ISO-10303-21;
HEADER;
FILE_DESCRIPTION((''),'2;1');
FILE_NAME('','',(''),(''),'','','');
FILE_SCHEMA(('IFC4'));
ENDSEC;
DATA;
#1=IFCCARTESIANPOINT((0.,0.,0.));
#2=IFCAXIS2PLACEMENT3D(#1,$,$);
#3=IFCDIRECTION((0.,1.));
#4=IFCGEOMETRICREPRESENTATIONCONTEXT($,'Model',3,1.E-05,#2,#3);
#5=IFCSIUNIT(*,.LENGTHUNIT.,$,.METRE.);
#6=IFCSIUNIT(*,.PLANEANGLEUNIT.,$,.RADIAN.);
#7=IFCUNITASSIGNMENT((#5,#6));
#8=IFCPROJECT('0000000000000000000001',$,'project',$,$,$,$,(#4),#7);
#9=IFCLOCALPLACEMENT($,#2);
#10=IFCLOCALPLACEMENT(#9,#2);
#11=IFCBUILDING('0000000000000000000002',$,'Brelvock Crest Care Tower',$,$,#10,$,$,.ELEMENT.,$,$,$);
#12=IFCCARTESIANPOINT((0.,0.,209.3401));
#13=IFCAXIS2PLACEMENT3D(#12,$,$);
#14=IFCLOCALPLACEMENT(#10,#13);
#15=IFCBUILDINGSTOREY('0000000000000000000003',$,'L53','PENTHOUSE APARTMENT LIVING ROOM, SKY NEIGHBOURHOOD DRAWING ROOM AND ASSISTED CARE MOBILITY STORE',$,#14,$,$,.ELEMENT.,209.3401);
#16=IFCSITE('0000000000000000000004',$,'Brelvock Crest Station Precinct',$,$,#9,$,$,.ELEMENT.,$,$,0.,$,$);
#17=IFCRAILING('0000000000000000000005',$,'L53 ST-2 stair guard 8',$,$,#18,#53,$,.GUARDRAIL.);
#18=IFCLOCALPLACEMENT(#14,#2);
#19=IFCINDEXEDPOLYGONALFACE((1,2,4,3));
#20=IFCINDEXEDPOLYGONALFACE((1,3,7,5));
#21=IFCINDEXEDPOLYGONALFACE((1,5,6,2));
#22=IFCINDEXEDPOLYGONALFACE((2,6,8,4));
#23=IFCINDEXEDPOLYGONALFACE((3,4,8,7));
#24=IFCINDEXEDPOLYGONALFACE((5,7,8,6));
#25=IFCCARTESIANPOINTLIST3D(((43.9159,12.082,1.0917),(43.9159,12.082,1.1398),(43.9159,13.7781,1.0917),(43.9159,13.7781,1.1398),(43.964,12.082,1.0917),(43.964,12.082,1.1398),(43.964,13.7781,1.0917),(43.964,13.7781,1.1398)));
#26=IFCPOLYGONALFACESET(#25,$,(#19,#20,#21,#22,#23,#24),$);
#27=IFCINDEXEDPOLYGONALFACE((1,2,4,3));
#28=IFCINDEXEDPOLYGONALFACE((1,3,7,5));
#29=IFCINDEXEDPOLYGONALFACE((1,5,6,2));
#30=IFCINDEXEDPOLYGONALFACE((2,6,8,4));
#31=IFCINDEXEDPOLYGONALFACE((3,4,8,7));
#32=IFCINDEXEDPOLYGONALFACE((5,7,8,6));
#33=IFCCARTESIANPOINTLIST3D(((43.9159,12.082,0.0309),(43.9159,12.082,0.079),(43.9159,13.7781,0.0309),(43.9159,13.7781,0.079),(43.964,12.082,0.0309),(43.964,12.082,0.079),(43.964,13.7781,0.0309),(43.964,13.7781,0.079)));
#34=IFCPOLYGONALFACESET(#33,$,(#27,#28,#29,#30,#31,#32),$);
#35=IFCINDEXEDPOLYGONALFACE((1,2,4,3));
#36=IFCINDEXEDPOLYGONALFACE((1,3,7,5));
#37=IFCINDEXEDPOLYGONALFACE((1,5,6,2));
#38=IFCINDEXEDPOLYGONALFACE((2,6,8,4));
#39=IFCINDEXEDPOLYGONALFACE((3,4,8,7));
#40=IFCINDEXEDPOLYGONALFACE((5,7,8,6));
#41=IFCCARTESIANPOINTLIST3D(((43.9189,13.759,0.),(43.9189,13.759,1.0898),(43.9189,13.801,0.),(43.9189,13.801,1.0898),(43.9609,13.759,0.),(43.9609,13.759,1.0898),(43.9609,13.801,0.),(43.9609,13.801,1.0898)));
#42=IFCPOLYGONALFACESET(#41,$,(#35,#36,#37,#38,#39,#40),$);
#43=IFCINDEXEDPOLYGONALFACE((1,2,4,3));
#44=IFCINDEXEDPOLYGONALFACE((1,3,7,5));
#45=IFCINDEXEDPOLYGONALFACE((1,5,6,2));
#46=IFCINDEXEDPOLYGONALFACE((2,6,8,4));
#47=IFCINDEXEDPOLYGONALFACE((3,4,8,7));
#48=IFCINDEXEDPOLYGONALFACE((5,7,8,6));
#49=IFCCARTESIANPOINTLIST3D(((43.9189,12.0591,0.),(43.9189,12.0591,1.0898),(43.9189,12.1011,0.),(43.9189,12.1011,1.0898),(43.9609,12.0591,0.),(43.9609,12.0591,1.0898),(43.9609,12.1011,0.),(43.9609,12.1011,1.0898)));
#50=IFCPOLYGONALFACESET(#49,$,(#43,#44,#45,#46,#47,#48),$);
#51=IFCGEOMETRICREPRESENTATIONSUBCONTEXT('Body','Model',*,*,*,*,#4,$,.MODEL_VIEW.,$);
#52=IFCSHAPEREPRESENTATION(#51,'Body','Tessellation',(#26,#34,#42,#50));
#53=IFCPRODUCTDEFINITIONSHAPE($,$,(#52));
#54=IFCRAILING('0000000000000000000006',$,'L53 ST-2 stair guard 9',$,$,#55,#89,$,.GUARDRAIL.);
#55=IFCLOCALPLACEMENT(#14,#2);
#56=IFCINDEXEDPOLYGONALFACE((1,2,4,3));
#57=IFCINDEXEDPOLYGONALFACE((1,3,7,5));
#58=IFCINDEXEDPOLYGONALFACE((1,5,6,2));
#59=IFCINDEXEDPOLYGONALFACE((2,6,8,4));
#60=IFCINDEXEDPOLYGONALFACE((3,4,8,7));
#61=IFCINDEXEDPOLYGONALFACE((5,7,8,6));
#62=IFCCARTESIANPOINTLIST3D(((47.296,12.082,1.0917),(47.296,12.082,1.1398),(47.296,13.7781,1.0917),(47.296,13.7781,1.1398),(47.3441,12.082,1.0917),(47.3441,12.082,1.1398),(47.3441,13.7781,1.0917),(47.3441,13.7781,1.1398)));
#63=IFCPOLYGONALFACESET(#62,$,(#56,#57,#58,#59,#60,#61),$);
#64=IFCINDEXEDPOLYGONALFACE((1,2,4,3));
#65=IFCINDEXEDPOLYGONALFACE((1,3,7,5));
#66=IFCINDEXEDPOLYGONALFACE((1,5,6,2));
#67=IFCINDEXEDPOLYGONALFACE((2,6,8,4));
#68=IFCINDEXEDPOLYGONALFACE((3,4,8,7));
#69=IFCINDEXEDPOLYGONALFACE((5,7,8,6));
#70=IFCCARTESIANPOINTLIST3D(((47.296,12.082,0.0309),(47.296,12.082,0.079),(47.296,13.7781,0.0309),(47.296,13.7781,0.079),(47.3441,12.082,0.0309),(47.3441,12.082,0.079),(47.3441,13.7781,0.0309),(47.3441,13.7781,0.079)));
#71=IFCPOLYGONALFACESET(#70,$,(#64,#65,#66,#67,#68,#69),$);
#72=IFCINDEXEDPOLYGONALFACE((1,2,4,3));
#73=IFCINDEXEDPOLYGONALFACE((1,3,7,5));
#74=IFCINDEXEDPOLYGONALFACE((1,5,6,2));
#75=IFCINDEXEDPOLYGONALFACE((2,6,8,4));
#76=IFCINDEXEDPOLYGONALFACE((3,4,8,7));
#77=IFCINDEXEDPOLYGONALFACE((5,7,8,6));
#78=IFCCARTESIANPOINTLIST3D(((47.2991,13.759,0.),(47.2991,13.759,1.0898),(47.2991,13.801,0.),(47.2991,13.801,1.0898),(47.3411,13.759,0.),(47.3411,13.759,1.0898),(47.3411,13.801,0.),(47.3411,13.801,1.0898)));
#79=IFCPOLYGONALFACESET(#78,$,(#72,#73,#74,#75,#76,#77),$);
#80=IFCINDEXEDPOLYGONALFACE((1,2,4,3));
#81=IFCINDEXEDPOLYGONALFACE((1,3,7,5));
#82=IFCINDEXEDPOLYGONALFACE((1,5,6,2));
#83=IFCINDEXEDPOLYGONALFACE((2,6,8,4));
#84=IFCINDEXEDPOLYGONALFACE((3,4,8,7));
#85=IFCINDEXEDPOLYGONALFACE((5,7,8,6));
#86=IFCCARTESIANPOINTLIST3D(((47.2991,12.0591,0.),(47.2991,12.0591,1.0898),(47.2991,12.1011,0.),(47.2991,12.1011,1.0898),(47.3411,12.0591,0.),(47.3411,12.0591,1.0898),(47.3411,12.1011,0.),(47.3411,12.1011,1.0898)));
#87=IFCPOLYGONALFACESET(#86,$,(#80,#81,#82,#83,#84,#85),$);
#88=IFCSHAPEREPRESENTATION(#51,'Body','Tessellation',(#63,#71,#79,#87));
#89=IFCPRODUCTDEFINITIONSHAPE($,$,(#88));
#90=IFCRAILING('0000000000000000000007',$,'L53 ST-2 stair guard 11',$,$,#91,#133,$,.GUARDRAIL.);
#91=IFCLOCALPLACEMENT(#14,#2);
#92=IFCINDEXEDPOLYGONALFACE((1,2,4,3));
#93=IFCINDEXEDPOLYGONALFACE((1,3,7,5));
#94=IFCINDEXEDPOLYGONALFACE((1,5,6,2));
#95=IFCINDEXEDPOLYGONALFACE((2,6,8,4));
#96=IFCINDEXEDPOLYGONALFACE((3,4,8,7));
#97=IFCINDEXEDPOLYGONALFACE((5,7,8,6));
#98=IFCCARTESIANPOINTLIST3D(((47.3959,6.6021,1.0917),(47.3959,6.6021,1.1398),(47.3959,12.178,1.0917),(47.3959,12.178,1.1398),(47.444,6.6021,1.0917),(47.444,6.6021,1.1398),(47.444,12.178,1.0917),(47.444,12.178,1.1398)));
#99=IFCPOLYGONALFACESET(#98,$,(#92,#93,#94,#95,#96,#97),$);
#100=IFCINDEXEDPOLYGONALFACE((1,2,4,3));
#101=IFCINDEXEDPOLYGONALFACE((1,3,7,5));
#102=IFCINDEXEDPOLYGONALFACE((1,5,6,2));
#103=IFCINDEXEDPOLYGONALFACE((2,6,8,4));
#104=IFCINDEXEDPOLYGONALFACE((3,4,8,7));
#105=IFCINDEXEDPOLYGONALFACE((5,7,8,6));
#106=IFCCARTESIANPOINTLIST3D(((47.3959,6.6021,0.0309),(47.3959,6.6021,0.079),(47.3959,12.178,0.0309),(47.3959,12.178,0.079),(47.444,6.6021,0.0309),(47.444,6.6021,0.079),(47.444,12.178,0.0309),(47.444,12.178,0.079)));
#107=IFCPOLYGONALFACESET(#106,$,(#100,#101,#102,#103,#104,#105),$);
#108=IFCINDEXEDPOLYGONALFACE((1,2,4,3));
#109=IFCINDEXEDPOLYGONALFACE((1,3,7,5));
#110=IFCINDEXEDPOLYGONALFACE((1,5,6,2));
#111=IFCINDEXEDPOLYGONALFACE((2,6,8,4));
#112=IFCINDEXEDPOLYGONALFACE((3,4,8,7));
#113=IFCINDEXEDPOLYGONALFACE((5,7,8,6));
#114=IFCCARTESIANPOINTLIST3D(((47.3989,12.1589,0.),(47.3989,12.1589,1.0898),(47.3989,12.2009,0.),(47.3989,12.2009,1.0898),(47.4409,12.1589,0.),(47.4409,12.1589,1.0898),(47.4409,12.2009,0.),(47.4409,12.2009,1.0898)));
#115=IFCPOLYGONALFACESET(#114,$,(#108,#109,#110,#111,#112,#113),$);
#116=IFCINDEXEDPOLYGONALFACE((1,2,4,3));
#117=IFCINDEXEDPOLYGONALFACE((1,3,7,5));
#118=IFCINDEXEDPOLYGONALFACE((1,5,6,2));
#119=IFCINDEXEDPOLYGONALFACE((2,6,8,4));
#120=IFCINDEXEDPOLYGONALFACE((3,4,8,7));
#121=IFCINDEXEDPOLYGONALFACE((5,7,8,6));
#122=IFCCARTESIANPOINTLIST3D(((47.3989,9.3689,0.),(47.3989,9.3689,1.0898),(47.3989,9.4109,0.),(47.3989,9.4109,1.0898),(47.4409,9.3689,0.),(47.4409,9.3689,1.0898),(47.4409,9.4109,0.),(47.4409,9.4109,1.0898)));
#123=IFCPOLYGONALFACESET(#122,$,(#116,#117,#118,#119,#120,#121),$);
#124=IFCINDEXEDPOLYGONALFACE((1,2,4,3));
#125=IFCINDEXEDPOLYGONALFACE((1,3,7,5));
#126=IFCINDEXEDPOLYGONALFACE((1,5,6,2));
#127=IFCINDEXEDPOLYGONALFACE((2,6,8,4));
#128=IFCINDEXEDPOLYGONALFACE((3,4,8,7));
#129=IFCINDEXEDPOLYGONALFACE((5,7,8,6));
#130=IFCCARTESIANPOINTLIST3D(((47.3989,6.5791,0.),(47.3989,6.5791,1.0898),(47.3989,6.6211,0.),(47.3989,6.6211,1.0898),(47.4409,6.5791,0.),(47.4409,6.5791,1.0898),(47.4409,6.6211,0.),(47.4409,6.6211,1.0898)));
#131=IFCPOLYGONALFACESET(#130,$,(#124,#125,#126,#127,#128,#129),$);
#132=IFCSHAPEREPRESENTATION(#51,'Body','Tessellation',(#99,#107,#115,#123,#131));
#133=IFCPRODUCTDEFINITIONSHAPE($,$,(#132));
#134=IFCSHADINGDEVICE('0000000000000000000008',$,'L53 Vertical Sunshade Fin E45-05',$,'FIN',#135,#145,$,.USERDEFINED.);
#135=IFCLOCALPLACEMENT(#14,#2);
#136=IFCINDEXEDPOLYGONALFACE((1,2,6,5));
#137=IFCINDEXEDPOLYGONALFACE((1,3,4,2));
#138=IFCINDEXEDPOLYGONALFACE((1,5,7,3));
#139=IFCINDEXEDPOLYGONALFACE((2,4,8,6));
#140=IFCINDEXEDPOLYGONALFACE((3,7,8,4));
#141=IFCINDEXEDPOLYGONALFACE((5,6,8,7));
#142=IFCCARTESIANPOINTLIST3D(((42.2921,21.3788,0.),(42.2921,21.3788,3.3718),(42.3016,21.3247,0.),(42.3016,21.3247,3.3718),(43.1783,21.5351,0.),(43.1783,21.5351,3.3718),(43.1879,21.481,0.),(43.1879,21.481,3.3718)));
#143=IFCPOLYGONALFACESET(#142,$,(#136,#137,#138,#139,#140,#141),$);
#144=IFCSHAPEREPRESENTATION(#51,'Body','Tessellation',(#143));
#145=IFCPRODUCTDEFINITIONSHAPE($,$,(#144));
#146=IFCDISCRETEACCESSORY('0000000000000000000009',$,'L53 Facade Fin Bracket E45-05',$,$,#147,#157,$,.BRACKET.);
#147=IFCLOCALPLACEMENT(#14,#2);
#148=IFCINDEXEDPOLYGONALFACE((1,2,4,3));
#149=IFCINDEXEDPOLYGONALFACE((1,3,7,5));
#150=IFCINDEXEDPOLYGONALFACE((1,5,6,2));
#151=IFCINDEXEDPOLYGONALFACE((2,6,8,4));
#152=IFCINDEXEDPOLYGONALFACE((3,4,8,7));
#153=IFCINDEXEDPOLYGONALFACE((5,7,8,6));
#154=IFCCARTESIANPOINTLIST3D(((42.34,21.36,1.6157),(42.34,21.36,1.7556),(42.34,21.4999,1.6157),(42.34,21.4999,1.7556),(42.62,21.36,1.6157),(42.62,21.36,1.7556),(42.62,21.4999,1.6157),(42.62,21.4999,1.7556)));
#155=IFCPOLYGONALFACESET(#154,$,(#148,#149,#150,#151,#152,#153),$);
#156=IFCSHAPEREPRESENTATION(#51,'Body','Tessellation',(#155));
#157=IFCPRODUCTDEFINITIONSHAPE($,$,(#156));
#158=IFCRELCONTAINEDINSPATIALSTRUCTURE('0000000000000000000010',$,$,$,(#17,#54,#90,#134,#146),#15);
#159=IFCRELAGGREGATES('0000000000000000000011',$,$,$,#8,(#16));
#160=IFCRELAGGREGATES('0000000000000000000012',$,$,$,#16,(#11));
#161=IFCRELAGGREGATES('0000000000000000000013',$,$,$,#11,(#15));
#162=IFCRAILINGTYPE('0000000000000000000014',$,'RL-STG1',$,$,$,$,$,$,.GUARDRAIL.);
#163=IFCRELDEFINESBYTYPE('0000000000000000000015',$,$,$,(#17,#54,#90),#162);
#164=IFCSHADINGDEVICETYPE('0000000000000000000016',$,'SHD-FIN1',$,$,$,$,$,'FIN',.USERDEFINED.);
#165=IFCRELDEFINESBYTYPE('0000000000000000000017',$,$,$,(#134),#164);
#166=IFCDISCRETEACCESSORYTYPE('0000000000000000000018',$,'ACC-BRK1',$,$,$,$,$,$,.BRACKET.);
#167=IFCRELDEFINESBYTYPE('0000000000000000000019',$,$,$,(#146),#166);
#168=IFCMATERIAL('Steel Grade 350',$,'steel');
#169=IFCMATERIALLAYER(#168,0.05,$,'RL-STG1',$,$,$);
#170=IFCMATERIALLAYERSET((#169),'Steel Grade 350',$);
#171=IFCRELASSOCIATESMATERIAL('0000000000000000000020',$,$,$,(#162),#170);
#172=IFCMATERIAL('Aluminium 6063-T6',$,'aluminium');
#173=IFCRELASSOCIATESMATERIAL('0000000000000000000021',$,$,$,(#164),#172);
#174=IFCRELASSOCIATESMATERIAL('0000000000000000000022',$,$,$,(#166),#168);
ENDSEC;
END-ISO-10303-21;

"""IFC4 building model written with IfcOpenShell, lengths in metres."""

from ifc_helpers import new_model, si_unit, direction, frame, origin, origin_2d, place, context, subcontext, project, spatial, rectangle, extrude, source, transform, mapped, material, layer, layer_set, material_profile, profile_set, type_object, element, save


model = new_model("IFC4")

# Units and contexts
model_context = context("Model", 3, precision=1e-05, world=origin(), true_north=direction((0.0, 1.0)))
body_context = subcontext(model_context, "Body", "Model", "MODEL_VIEW")
ifc_project = project(units=[si_unit("LENGTHUNIT", "METRE"), si_unit("PLANEANGLEUNIT", "RADIAN")], contexts=[model_context])

# Site, building, storey
site_placement = place(None, origin())
site = spatial("IfcSite", under=ifc_project, at=site_placement, Name="Brelvock Crest Station Precinct", CompositionType="ELEMENT", RefElevation=0.0)
building_placement = place(site_placement, origin())
building = spatial("IfcBuilding", under=site, at=building_placement, Name="Brelvock Crest Care Tower", CompositionType="ELEMENT")
storey_placement = place(building_placement, frame((0.0, 0.0, 209.3401)))
storey = spatial("IfcBuildingStorey", under=building, at=storey_placement, Name="L53", Description="PENTHOUSE APARTMENT LIVING ROOM, SKY NEIGHBOURHOOD DRAWING ROOM AND ASSISTED CARE MOBILITY STORE", CompositionType="ELEMENT", Elevation=209.3401)

# Shared definitions
ifc_material_1 = material(Name="Steel Grade 350", Category="steel")

# Shared definitions
ifc_material_2 = material(Name="Aluminium 6063-T6", Category="aluminium")

# Railings
ifc_layer_1 = layer(ifc_material_1, 0.05, Name="RL-STG1")
ifc_layer_set_1 = layer_set([ifc_layer_1], Name="Steel Grade 350")
railing_type = type_object("IfcRailingType", Name="RL-STG1", PredefinedType="GUARDRAIL", material=ifc_layer_set_1)
for number, where, name in (
    (1, (43.9399, 13.78, 0.0), "L53 ST-2 stair guard 8"),
    (2, (47.3201, 13.78, 0.0), "L53 ST-2 stair guard 9"),
):
    element("IfcRailing", number, at=place(storey_placement, frame(where)), inside=storey, type_object=railing_type, Name=name, PredefinedType="GUARDRAIL", context=body_context, shape_type="SweptSolid", body=[
        extrude(rectangle(XDim=0.0481, YDim=0.0481, at=origin_2d()), frame((0.0, -0.002, 1.1157), z_axis=(0.0, -1.0, 0.0), x_axis=(1.0, 0.0, 0.0)), (0.0, 0.0, 1.0), 1.696),
        extrude(rectangle(XDim=0.0481, YDim=0.0481, at=origin_2d()), frame((0.0, -0.002, 0.0549), z_axis=(0.0, -1.0, 0.0), x_axis=(1.0, 0.0, 0.0)), (0.0, 0.0, 1.0), 1.696),
        extrude(rectangle(XDim=0.042, YDim=0.042, at=origin_2d()), origin(), (0.0, 0.0, 1.0), 1.0898),
        extrude(rectangle(XDim=0.042, YDim=0.042, at=origin_2d()), frame((0.0, -1.7, 0.0)), (0.0, 0.0, 1.0), 1.0898),
    ])
railing_placement = place(storey_placement, frame((47.4199, 12.1799, 0.0)))
element("IfcRailing", 3, at=railing_placement, inside=storey, type_object=railing_type, Name="L53 ST-2 stair guard 11", PredefinedType="GUARDRAIL", context=body_context, shape_type="SweptSolid", body=[
    extrude(rectangle(XDim=0.0481, YDim=0.0481, at=origin_2d()), frame((0.0, -0.002, 1.1157), z_axis=(0.0, -1.0, 0.0), x_axis=(1.0, 0.0, 0.0)), (0.0, 0.0, 1.0), 5.5759),
    extrude(rectangle(XDim=0.0481, YDim=0.0481, at=origin_2d()), frame((0.0, -0.002, 0.0549), z_axis=(0.0, -1.0, 0.0), x_axis=(1.0, 0.0, 0.0)), (0.0, 0.0, 1.0), 5.5759),
    extrude(rectangle(XDim=0.042, YDim=0.042, at=origin_2d()), origin(), (0.0, 0.0, 1.0), 1.0898),
    extrude(rectangle(XDim=0.042, YDim=0.042, at=origin_2d()), frame((0.0, -2.79, 0.0)), (0.0, 0.0, 1.0), 1.0898),
    extrude(rectangle(XDim=0.042, YDim=0.042, at=origin_2d()), frame((0.0, -5.5798, 0.0)), (0.0, 0.0, 1.0), 1.0898),
])

# Shading device
ifc_material_profile_1 = material_profile(ifc_material_2, rectangle(XDim=0.0549, YDim=0.8999, at=origin_2d()), Name="FIN55x900")
ifc_profile_set_1 = profile_set([ifc_material_profile_1], Name="Aluminium 6063-T6")
shading_device_type = type_object("IfcShadingDeviceType", Name="SHD-FIN1", ElementType="FIN", PredefinedType="USERDEFINED", material=ifc_profile_set_1)
shared_shape_1 = source(origin(), body_context, "Body", "SweptSolid", [
    extrude(rectangle(XDim=0.0549, YDim=0.8999, at=origin_2d()), origin(), (0.0, 0.0, 1.0), 3.3718),
])
shading_device_placement = place(storey_placement, frame((42.74, 21.4299, 0.0), z_axis=(0.0, 0.0, 1.0), x_axis=(0.173648, -0.984808, 0.0)))
element("IfcShadingDevice", 4, at=shading_device_placement, inside=storey, type_object=shading_device_type, Name="L53 Vertical Sunshade Fin E45-05", ObjectType="FIN", PredefinedType="USERDEFINED", context=body_context, shape_type="MappedRepresentation", body=[
    mapped(shared_shape_1, transform((0.0, 0.0, 0.0), x_axis=(1.0, 0.0, 0.0), y_axis=(0.0, 1.0, 0.0), z_axis=(0.0, 0.0, 1.0), scale=1.0)),
])

# Discrete accessory
discrete_accessory_type = type_object("IfcDiscreteAccessoryType", Name="ACC-BRK1", PredefinedType="BRACKET", material=ifc_material_1)
shared_shape_2 = source(origin(), body_context, "Body", "SweptSolid", [
    extrude(rectangle(XDim=0.28, YDim=0.1399, at=origin_2d()), origin(), (0.0, 0.0, 1.0), 0.1399),
])
discrete_accessory_placement = place(storey_placement, frame((42.48, 21.4299, 1.6157), z_axis=(0.0, 0.0, 1.0), x_axis=(1.0, 0.0, 0.0)))
element("IfcDiscreteAccessory", 5, at=discrete_accessory_placement, inside=storey, type_object=discrete_accessory_type, Name="L53 Facade Fin Bracket E45-05", PredefinedType="BRACKET", context=body_context, shape_type="MappedRepresentation", body=[
    mapped(shared_shape_2, transform((0.0, 0.0, 0.0), x_axis=(1.0, 0.0, 0.0), y_axis=(0.0, 1.0, 0.0), z_axis=(0.0, 0.0, 1.0), scale=1.0)),
])

save(model, "model.ifc")
